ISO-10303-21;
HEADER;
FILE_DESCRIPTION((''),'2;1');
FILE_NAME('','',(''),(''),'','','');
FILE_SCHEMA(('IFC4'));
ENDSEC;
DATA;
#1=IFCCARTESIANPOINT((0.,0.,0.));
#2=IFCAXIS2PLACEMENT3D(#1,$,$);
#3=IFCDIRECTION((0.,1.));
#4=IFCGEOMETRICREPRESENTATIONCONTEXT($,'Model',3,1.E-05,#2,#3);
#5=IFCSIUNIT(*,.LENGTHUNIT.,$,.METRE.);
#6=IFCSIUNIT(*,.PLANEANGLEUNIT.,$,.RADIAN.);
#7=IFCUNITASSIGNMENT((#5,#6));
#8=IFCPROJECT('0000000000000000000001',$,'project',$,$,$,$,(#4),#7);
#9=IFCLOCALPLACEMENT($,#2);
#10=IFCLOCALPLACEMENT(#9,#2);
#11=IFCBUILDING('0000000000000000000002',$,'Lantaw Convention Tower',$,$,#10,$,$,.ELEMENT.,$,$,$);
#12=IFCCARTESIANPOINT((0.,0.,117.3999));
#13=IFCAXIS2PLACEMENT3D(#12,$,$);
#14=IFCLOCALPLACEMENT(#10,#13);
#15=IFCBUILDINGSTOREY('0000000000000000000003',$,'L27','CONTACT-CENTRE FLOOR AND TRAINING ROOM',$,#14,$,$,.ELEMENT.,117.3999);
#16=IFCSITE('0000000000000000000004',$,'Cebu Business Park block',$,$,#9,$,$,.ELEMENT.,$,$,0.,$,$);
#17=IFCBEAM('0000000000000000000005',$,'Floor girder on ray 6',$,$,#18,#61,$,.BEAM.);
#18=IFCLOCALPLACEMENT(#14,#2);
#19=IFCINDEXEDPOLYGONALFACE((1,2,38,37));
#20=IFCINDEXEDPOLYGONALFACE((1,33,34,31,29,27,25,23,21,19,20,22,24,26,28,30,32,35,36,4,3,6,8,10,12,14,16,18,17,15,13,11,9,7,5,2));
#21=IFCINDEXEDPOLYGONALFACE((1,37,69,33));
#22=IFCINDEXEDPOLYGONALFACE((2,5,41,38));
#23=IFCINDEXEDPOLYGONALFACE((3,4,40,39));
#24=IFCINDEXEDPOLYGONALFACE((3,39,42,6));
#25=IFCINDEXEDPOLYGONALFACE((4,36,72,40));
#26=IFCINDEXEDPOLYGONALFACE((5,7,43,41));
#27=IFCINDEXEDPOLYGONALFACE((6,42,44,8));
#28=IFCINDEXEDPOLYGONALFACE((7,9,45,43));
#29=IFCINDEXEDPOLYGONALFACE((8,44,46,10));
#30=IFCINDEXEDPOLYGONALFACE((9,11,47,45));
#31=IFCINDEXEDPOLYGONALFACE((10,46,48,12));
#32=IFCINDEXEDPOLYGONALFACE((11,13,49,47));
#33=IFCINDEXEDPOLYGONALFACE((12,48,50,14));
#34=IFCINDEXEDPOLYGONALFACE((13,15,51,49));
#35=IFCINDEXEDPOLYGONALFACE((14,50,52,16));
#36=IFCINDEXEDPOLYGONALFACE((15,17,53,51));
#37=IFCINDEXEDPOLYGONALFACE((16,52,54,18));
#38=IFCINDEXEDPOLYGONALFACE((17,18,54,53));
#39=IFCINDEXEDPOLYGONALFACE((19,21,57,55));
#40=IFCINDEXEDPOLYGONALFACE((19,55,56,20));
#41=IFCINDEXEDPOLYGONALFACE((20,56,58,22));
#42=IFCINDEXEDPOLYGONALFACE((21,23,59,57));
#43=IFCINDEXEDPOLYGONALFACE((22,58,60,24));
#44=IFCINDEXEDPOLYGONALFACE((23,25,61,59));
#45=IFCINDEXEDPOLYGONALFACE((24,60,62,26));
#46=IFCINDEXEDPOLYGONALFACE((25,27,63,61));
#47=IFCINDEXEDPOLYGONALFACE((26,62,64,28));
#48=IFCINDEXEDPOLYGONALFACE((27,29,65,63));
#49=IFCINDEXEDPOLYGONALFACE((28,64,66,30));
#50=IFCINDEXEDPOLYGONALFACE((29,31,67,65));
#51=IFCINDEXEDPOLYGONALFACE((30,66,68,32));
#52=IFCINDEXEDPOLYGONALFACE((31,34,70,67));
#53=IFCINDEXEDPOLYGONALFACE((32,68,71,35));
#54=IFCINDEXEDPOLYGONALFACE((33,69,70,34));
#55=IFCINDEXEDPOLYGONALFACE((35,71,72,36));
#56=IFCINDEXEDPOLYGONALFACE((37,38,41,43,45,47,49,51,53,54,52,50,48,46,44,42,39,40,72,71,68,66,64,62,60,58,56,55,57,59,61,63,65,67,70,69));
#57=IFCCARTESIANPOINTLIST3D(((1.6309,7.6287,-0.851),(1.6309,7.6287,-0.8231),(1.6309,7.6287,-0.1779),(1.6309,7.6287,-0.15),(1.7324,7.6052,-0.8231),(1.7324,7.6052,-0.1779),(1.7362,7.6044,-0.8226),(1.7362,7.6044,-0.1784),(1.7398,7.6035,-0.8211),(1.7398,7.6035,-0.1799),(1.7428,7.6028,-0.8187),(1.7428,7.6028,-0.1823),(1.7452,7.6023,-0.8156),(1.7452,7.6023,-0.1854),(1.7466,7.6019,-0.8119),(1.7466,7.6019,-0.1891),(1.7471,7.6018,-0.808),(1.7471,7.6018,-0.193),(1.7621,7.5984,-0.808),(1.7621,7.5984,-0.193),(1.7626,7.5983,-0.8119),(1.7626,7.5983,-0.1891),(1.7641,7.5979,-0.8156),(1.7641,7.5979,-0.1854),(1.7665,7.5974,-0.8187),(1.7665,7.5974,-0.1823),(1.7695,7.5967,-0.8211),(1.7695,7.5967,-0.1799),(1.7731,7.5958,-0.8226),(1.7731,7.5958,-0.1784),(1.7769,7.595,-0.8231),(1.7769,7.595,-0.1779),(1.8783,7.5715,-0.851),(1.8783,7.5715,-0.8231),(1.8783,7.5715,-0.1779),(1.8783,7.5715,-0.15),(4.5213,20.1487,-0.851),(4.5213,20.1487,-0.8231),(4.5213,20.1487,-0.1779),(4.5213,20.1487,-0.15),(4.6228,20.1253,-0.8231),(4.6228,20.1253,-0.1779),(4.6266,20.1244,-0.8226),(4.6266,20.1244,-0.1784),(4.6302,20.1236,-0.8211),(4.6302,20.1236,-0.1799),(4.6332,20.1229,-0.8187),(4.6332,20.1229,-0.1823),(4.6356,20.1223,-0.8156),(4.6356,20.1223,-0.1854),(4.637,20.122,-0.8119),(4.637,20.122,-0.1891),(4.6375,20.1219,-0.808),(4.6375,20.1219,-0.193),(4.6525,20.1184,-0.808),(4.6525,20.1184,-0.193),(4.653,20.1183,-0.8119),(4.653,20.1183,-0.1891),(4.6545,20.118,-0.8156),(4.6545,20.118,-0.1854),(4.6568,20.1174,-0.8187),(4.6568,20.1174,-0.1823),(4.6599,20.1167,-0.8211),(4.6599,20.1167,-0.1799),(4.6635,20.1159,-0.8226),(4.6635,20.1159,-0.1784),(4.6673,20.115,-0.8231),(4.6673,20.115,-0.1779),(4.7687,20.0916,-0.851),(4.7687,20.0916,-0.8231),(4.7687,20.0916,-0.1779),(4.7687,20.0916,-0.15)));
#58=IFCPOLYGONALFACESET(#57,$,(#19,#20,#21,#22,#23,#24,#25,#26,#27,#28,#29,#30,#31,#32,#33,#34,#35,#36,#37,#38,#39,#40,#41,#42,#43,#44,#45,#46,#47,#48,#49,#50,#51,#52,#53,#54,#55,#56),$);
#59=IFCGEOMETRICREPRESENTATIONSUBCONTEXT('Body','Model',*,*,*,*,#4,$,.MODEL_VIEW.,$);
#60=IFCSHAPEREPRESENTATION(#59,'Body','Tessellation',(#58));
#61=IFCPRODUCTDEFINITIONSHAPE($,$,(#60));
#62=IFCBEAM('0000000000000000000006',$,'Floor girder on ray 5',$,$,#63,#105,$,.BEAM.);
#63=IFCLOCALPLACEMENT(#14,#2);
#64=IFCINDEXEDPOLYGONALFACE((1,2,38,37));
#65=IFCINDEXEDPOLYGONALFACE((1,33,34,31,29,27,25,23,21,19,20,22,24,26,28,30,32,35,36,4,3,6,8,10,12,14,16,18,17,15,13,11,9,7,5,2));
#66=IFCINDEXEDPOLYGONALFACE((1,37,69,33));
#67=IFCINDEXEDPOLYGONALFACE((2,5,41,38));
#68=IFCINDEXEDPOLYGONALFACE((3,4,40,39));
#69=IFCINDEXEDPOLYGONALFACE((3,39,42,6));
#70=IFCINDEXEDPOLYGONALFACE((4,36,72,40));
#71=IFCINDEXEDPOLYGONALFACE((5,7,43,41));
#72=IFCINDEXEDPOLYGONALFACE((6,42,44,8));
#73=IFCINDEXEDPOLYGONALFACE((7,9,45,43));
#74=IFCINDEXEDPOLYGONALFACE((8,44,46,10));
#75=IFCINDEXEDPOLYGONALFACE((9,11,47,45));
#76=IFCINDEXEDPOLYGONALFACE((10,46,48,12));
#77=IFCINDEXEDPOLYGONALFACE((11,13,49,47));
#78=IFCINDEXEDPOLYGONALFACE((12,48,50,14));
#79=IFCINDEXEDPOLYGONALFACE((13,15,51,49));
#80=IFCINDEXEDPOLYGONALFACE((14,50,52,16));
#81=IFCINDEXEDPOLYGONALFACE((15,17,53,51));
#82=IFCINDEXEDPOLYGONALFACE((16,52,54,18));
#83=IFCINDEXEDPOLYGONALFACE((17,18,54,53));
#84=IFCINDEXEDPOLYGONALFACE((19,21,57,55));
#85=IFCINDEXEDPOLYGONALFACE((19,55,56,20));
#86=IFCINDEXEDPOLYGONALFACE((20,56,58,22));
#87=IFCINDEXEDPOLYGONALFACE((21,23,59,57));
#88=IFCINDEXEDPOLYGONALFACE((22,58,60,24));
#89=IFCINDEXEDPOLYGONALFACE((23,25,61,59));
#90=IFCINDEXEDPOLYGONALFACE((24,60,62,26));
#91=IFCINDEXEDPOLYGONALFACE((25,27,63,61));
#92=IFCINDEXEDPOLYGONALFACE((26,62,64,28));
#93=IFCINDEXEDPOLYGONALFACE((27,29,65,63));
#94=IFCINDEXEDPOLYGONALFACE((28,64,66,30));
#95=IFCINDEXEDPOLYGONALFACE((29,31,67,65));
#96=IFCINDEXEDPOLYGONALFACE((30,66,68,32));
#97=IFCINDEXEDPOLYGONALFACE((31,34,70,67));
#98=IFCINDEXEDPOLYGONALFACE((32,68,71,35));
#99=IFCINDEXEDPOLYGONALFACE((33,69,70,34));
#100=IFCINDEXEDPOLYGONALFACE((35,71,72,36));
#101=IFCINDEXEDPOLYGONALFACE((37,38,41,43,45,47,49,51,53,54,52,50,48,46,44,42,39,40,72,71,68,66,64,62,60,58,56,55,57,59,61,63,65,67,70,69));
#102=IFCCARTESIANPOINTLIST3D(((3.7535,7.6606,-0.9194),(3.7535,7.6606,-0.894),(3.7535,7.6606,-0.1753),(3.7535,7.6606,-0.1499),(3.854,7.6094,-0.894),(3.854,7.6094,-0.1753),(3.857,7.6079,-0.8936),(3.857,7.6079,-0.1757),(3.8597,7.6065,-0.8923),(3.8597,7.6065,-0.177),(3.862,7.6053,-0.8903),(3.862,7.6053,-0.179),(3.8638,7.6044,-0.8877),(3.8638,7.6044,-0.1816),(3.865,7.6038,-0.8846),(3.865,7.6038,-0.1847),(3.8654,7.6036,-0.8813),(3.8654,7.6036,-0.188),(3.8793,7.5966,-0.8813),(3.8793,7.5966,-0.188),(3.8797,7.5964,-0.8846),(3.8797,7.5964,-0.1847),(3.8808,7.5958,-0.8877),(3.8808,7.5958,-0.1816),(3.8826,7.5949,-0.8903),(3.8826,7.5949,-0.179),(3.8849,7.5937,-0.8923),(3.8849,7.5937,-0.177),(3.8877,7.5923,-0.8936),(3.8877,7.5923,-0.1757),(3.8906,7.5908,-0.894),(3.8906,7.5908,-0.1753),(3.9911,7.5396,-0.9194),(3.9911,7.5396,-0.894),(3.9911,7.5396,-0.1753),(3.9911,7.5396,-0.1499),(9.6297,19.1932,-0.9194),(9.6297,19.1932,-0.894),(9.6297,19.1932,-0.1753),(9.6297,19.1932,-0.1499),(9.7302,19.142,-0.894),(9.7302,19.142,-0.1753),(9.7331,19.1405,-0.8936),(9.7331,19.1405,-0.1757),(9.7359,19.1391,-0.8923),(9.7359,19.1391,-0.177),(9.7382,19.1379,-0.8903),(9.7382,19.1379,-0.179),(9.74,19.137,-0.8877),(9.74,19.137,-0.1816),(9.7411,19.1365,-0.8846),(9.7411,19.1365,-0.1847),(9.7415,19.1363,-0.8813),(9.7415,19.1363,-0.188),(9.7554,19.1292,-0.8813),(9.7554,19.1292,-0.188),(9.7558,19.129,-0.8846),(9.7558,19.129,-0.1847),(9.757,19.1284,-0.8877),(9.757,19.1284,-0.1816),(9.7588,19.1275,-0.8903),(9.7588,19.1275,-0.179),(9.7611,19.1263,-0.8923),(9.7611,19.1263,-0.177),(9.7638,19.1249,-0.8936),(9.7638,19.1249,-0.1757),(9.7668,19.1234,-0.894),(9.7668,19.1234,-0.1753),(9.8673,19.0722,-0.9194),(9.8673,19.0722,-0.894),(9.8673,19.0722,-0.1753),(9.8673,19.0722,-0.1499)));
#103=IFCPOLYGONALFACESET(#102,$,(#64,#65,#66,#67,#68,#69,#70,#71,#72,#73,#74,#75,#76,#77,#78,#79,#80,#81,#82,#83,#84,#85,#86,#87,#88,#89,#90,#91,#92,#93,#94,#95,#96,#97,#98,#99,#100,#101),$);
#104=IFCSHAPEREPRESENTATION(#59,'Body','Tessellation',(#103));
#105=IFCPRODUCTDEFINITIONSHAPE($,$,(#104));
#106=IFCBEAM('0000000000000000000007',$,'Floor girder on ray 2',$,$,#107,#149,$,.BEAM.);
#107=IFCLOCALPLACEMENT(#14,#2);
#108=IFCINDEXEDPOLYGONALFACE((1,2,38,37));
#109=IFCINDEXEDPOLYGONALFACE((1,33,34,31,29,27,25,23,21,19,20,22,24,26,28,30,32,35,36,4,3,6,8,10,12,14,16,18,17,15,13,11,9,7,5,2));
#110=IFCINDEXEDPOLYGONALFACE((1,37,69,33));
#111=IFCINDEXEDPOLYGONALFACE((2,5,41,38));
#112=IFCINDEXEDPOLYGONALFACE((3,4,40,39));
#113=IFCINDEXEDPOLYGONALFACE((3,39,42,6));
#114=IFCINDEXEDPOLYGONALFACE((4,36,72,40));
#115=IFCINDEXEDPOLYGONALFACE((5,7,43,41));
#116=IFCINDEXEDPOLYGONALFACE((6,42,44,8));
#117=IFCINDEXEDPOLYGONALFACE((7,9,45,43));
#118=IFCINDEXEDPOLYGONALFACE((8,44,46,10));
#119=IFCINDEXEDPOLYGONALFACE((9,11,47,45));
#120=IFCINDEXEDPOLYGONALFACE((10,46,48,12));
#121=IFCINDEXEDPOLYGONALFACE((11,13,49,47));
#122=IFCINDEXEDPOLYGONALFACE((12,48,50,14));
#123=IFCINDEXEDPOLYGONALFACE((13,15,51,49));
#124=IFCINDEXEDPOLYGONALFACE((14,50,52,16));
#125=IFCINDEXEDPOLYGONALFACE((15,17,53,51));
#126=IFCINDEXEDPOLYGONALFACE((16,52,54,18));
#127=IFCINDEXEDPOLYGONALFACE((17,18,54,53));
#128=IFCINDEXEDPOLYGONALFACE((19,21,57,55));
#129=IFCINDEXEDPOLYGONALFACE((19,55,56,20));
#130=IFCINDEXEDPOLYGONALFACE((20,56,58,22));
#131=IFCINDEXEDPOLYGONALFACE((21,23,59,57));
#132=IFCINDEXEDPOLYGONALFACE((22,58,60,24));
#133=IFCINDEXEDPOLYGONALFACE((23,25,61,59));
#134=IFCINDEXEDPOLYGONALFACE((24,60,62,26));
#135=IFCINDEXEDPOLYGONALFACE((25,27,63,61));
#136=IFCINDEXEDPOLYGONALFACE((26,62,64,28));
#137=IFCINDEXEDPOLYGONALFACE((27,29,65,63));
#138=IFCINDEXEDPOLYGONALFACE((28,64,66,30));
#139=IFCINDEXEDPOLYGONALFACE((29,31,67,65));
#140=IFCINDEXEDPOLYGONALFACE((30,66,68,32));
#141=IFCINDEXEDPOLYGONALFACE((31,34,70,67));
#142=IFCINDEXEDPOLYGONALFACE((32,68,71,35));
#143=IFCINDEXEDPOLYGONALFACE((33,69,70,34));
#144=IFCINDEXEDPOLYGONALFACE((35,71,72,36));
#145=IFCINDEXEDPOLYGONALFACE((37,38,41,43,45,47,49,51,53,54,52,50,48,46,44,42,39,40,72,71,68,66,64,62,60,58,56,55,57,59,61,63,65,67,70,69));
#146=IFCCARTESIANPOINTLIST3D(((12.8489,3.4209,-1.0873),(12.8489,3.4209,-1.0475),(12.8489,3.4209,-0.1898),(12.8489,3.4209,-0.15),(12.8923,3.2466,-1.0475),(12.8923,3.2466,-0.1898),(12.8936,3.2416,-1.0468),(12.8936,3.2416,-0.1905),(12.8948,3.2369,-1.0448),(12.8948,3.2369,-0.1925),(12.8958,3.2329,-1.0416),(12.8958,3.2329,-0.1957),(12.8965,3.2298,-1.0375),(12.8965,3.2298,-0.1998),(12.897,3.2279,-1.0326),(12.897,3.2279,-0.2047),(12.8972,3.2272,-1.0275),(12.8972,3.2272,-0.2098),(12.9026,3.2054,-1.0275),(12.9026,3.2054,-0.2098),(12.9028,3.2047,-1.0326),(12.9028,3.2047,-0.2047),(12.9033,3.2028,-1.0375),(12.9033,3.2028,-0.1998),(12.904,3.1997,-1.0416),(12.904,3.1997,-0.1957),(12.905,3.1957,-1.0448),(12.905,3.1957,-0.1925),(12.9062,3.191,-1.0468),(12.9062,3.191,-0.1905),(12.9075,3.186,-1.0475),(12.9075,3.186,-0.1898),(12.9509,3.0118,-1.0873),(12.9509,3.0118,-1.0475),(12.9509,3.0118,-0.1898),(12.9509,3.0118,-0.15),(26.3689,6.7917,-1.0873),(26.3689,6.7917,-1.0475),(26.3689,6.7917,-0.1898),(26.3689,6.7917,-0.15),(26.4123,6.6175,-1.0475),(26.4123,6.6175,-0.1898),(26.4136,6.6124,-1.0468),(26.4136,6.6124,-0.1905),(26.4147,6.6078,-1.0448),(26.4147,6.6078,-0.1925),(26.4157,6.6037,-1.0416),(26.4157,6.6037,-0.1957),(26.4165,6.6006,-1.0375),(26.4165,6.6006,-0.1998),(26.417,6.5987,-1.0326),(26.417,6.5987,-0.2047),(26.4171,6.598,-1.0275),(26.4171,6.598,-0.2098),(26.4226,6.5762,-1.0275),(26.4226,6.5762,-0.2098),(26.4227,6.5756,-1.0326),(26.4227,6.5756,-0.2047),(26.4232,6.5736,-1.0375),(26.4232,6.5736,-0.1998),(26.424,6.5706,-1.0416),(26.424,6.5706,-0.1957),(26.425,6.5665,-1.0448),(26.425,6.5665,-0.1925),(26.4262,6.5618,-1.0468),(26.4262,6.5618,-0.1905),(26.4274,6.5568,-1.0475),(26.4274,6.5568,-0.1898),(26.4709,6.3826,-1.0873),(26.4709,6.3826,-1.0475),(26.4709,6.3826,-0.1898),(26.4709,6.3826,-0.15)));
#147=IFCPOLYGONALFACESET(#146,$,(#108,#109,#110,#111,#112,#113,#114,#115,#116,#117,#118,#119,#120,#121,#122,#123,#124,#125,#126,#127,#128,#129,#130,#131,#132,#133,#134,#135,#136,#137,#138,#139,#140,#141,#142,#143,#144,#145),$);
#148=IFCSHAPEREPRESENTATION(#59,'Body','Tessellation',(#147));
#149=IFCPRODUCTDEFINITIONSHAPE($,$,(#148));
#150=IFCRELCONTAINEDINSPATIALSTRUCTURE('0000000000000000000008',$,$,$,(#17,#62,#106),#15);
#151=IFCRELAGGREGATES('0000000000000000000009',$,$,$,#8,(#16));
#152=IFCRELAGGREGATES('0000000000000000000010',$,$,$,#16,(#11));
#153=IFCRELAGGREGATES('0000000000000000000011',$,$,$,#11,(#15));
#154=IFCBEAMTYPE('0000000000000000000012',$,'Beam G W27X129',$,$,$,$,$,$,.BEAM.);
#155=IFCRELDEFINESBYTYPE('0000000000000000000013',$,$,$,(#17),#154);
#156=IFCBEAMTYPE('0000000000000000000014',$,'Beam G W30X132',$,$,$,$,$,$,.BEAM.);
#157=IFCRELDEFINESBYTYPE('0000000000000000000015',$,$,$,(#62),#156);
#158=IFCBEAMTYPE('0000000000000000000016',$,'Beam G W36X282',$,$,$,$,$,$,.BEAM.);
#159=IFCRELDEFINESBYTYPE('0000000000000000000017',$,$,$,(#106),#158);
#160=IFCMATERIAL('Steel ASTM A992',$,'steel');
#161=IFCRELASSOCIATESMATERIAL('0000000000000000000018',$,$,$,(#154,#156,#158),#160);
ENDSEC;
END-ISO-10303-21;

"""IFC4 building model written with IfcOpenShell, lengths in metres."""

from ifc_helpers import new_model, si_unit, direction, frame, origin, origin_2d, place, context, subcontext, project, spatial, i_section, extrude, material, material_profile, profile_set, type_object, element, save


model = new_model("IFC4")

# Units and contexts
model_context = context("Model", 3, precision=1e-05, world=origin(), true_north=direction((0.0, 1.0)))
body_context = subcontext(model_context, "Body", "Model", "MODEL_VIEW")
ifc_project = project(units=[si_unit("LENGTHUNIT", "METRE"), si_unit("PLANEANGLEUNIT", "RADIAN")], contexts=[model_context])

# Site, building, storey
site_placement = place(None, origin())
site = spatial("IfcSite", under=ifc_project, at=site_placement, Name="Cebu Business Park block", CompositionType="ELEMENT", RefElevation=0.0)
building_placement = place(site_placement, origin())
building = spatial("IfcBuilding", under=site, at=building_placement, Name="Lantaw Convention Tower", CompositionType="ELEMENT")
storey_placement = place(building_placement, frame((0.0, 0.0, 117.3999)))
storey = spatial("IfcBuildingStorey", under=building, at=storey_placement, Name="L27", Description="CONTACT-CENTRE FLOOR AND TRAINING ROOM", CompositionType="ELEMENT", Elevation=117.3999)

# Beams
ifc_material_1 = material(Name="Steel ASTM A992", Category="steel")
ifc_material_profile_1 = material_profile(ifc_material_1, i_section(OverallWidth=0.2539, OverallDepth=0.7009, WebThickness=0.0154, FlangeThickness=0.0278, FilletRadius=0.0151, at=origin_2d()), Name="W27X129")
ifc_profile_set_1 = profile_set([ifc_material_profile_1], Name="Steel ASTM A992")
beam_type_1 = type_object("IfcBeamType", Name="Beam G W27X129", PredefinedType="BEAM", material=ifc_profile_set_1)
beam_1_placement = place(storey_placement, frame((1.7546, 7.6001, -0.5005), z_axis=(0.224944, 0.974372, 0.0), x_axis=(-0.974372, 0.224944, 0.0)))
element("IfcBeam", 1, at=beam_1_placement, inside=storey, type_object=beam_type_1, Name="Floor girder on ray 6", PredefinedType="BEAM", context=body_context, shape_type="SweptSolid", body=[
    extrude(i_section(OverallWidth=0.2539, OverallDepth=0.7009, WebThickness=0.0154, FlangeThickness=0.0278, FilletRadius=0.0151, at=origin_2d()), origin(), (0.0, 0.0, 1.0), 12.8494),
])
ifc_material_profile_2 = material_profile(ifc_material_1, i_section(OverallWidth=0.2666, OverallDepth=0.7695, WebThickness=0.0156, FlangeThickness=0.0254, FilletRadius=0.0127, at=origin_2d()), Name="W30X132")
ifc_profile_set_2 = profile_set([ifc_material_profile_2], Name="Steel ASTM A992")
beam_type_2 = type_object("IfcBeamType", Name="Beam G W30X132", PredefinedType="BEAM", material=ifc_profile_set_2)
beam_2_placement = place(storey_placement, frame((3.8723, 7.6001, -0.5347), z_axis=(0.453991, 0.891006, 0.0), x_axis=(-0.891006, 0.453991, 0.0)))
element("IfcBeam", 2, at=beam_2_placement, inside=storey, type_object=beam_type_2, Name="Floor girder on ray 5", PredefinedType="BEAM", context=body_context, shape_type="SweptSolid", body=[
    extrude(i_section(OverallWidth=0.2666, OverallDepth=0.7695, WebThickness=0.0156, FlangeThickness=0.0254, FilletRadius=0.0127, at=origin_2d()), origin(), (0.0, 0.0, 1.0), 12.9434),
])
ifc_material_profile_3 = material_profile(ifc_material_1, i_section(OverallWidth=0.4216, OverallDepth=0.9373, WebThickness=0.0225, FlangeThickness=0.0398, FilletRadius=0.02, at=origin_2d()), Name="W36X282")
ifc_profile_set_3 = profile_set([ifc_material_profile_3], Name="Steel ASTM A992")
beam_type_3 = type_object("IfcBeamType", Name="Beam G W36X282", PredefinedType="BEAM", material=ifc_profile_set_3)
beam_3_placement = place(storey_placement, frame((12.8999, 3.2163, -0.6187), z_axis=(0.970297, 0.241917, 0.0), x_axis=(-0.241917, 0.970297, 0.0)))
element("IfcBeam", 3, at=beam_3_placement, inside=storey, type_object=beam_type_3, Name="Floor girder on ray 2", PredefinedType="BEAM", context=body_context, shape_type="SweptSolid", body=[
    extrude(i_section(OverallWidth=0.4216, OverallDepth=0.9373, WebThickness=0.0225, FlangeThickness=0.0398, FilletRadius=0.02, at=origin_2d()), origin(), (0.0, 0.0, 1.0), 13.9338),
])

save(model, "model.ifc")
